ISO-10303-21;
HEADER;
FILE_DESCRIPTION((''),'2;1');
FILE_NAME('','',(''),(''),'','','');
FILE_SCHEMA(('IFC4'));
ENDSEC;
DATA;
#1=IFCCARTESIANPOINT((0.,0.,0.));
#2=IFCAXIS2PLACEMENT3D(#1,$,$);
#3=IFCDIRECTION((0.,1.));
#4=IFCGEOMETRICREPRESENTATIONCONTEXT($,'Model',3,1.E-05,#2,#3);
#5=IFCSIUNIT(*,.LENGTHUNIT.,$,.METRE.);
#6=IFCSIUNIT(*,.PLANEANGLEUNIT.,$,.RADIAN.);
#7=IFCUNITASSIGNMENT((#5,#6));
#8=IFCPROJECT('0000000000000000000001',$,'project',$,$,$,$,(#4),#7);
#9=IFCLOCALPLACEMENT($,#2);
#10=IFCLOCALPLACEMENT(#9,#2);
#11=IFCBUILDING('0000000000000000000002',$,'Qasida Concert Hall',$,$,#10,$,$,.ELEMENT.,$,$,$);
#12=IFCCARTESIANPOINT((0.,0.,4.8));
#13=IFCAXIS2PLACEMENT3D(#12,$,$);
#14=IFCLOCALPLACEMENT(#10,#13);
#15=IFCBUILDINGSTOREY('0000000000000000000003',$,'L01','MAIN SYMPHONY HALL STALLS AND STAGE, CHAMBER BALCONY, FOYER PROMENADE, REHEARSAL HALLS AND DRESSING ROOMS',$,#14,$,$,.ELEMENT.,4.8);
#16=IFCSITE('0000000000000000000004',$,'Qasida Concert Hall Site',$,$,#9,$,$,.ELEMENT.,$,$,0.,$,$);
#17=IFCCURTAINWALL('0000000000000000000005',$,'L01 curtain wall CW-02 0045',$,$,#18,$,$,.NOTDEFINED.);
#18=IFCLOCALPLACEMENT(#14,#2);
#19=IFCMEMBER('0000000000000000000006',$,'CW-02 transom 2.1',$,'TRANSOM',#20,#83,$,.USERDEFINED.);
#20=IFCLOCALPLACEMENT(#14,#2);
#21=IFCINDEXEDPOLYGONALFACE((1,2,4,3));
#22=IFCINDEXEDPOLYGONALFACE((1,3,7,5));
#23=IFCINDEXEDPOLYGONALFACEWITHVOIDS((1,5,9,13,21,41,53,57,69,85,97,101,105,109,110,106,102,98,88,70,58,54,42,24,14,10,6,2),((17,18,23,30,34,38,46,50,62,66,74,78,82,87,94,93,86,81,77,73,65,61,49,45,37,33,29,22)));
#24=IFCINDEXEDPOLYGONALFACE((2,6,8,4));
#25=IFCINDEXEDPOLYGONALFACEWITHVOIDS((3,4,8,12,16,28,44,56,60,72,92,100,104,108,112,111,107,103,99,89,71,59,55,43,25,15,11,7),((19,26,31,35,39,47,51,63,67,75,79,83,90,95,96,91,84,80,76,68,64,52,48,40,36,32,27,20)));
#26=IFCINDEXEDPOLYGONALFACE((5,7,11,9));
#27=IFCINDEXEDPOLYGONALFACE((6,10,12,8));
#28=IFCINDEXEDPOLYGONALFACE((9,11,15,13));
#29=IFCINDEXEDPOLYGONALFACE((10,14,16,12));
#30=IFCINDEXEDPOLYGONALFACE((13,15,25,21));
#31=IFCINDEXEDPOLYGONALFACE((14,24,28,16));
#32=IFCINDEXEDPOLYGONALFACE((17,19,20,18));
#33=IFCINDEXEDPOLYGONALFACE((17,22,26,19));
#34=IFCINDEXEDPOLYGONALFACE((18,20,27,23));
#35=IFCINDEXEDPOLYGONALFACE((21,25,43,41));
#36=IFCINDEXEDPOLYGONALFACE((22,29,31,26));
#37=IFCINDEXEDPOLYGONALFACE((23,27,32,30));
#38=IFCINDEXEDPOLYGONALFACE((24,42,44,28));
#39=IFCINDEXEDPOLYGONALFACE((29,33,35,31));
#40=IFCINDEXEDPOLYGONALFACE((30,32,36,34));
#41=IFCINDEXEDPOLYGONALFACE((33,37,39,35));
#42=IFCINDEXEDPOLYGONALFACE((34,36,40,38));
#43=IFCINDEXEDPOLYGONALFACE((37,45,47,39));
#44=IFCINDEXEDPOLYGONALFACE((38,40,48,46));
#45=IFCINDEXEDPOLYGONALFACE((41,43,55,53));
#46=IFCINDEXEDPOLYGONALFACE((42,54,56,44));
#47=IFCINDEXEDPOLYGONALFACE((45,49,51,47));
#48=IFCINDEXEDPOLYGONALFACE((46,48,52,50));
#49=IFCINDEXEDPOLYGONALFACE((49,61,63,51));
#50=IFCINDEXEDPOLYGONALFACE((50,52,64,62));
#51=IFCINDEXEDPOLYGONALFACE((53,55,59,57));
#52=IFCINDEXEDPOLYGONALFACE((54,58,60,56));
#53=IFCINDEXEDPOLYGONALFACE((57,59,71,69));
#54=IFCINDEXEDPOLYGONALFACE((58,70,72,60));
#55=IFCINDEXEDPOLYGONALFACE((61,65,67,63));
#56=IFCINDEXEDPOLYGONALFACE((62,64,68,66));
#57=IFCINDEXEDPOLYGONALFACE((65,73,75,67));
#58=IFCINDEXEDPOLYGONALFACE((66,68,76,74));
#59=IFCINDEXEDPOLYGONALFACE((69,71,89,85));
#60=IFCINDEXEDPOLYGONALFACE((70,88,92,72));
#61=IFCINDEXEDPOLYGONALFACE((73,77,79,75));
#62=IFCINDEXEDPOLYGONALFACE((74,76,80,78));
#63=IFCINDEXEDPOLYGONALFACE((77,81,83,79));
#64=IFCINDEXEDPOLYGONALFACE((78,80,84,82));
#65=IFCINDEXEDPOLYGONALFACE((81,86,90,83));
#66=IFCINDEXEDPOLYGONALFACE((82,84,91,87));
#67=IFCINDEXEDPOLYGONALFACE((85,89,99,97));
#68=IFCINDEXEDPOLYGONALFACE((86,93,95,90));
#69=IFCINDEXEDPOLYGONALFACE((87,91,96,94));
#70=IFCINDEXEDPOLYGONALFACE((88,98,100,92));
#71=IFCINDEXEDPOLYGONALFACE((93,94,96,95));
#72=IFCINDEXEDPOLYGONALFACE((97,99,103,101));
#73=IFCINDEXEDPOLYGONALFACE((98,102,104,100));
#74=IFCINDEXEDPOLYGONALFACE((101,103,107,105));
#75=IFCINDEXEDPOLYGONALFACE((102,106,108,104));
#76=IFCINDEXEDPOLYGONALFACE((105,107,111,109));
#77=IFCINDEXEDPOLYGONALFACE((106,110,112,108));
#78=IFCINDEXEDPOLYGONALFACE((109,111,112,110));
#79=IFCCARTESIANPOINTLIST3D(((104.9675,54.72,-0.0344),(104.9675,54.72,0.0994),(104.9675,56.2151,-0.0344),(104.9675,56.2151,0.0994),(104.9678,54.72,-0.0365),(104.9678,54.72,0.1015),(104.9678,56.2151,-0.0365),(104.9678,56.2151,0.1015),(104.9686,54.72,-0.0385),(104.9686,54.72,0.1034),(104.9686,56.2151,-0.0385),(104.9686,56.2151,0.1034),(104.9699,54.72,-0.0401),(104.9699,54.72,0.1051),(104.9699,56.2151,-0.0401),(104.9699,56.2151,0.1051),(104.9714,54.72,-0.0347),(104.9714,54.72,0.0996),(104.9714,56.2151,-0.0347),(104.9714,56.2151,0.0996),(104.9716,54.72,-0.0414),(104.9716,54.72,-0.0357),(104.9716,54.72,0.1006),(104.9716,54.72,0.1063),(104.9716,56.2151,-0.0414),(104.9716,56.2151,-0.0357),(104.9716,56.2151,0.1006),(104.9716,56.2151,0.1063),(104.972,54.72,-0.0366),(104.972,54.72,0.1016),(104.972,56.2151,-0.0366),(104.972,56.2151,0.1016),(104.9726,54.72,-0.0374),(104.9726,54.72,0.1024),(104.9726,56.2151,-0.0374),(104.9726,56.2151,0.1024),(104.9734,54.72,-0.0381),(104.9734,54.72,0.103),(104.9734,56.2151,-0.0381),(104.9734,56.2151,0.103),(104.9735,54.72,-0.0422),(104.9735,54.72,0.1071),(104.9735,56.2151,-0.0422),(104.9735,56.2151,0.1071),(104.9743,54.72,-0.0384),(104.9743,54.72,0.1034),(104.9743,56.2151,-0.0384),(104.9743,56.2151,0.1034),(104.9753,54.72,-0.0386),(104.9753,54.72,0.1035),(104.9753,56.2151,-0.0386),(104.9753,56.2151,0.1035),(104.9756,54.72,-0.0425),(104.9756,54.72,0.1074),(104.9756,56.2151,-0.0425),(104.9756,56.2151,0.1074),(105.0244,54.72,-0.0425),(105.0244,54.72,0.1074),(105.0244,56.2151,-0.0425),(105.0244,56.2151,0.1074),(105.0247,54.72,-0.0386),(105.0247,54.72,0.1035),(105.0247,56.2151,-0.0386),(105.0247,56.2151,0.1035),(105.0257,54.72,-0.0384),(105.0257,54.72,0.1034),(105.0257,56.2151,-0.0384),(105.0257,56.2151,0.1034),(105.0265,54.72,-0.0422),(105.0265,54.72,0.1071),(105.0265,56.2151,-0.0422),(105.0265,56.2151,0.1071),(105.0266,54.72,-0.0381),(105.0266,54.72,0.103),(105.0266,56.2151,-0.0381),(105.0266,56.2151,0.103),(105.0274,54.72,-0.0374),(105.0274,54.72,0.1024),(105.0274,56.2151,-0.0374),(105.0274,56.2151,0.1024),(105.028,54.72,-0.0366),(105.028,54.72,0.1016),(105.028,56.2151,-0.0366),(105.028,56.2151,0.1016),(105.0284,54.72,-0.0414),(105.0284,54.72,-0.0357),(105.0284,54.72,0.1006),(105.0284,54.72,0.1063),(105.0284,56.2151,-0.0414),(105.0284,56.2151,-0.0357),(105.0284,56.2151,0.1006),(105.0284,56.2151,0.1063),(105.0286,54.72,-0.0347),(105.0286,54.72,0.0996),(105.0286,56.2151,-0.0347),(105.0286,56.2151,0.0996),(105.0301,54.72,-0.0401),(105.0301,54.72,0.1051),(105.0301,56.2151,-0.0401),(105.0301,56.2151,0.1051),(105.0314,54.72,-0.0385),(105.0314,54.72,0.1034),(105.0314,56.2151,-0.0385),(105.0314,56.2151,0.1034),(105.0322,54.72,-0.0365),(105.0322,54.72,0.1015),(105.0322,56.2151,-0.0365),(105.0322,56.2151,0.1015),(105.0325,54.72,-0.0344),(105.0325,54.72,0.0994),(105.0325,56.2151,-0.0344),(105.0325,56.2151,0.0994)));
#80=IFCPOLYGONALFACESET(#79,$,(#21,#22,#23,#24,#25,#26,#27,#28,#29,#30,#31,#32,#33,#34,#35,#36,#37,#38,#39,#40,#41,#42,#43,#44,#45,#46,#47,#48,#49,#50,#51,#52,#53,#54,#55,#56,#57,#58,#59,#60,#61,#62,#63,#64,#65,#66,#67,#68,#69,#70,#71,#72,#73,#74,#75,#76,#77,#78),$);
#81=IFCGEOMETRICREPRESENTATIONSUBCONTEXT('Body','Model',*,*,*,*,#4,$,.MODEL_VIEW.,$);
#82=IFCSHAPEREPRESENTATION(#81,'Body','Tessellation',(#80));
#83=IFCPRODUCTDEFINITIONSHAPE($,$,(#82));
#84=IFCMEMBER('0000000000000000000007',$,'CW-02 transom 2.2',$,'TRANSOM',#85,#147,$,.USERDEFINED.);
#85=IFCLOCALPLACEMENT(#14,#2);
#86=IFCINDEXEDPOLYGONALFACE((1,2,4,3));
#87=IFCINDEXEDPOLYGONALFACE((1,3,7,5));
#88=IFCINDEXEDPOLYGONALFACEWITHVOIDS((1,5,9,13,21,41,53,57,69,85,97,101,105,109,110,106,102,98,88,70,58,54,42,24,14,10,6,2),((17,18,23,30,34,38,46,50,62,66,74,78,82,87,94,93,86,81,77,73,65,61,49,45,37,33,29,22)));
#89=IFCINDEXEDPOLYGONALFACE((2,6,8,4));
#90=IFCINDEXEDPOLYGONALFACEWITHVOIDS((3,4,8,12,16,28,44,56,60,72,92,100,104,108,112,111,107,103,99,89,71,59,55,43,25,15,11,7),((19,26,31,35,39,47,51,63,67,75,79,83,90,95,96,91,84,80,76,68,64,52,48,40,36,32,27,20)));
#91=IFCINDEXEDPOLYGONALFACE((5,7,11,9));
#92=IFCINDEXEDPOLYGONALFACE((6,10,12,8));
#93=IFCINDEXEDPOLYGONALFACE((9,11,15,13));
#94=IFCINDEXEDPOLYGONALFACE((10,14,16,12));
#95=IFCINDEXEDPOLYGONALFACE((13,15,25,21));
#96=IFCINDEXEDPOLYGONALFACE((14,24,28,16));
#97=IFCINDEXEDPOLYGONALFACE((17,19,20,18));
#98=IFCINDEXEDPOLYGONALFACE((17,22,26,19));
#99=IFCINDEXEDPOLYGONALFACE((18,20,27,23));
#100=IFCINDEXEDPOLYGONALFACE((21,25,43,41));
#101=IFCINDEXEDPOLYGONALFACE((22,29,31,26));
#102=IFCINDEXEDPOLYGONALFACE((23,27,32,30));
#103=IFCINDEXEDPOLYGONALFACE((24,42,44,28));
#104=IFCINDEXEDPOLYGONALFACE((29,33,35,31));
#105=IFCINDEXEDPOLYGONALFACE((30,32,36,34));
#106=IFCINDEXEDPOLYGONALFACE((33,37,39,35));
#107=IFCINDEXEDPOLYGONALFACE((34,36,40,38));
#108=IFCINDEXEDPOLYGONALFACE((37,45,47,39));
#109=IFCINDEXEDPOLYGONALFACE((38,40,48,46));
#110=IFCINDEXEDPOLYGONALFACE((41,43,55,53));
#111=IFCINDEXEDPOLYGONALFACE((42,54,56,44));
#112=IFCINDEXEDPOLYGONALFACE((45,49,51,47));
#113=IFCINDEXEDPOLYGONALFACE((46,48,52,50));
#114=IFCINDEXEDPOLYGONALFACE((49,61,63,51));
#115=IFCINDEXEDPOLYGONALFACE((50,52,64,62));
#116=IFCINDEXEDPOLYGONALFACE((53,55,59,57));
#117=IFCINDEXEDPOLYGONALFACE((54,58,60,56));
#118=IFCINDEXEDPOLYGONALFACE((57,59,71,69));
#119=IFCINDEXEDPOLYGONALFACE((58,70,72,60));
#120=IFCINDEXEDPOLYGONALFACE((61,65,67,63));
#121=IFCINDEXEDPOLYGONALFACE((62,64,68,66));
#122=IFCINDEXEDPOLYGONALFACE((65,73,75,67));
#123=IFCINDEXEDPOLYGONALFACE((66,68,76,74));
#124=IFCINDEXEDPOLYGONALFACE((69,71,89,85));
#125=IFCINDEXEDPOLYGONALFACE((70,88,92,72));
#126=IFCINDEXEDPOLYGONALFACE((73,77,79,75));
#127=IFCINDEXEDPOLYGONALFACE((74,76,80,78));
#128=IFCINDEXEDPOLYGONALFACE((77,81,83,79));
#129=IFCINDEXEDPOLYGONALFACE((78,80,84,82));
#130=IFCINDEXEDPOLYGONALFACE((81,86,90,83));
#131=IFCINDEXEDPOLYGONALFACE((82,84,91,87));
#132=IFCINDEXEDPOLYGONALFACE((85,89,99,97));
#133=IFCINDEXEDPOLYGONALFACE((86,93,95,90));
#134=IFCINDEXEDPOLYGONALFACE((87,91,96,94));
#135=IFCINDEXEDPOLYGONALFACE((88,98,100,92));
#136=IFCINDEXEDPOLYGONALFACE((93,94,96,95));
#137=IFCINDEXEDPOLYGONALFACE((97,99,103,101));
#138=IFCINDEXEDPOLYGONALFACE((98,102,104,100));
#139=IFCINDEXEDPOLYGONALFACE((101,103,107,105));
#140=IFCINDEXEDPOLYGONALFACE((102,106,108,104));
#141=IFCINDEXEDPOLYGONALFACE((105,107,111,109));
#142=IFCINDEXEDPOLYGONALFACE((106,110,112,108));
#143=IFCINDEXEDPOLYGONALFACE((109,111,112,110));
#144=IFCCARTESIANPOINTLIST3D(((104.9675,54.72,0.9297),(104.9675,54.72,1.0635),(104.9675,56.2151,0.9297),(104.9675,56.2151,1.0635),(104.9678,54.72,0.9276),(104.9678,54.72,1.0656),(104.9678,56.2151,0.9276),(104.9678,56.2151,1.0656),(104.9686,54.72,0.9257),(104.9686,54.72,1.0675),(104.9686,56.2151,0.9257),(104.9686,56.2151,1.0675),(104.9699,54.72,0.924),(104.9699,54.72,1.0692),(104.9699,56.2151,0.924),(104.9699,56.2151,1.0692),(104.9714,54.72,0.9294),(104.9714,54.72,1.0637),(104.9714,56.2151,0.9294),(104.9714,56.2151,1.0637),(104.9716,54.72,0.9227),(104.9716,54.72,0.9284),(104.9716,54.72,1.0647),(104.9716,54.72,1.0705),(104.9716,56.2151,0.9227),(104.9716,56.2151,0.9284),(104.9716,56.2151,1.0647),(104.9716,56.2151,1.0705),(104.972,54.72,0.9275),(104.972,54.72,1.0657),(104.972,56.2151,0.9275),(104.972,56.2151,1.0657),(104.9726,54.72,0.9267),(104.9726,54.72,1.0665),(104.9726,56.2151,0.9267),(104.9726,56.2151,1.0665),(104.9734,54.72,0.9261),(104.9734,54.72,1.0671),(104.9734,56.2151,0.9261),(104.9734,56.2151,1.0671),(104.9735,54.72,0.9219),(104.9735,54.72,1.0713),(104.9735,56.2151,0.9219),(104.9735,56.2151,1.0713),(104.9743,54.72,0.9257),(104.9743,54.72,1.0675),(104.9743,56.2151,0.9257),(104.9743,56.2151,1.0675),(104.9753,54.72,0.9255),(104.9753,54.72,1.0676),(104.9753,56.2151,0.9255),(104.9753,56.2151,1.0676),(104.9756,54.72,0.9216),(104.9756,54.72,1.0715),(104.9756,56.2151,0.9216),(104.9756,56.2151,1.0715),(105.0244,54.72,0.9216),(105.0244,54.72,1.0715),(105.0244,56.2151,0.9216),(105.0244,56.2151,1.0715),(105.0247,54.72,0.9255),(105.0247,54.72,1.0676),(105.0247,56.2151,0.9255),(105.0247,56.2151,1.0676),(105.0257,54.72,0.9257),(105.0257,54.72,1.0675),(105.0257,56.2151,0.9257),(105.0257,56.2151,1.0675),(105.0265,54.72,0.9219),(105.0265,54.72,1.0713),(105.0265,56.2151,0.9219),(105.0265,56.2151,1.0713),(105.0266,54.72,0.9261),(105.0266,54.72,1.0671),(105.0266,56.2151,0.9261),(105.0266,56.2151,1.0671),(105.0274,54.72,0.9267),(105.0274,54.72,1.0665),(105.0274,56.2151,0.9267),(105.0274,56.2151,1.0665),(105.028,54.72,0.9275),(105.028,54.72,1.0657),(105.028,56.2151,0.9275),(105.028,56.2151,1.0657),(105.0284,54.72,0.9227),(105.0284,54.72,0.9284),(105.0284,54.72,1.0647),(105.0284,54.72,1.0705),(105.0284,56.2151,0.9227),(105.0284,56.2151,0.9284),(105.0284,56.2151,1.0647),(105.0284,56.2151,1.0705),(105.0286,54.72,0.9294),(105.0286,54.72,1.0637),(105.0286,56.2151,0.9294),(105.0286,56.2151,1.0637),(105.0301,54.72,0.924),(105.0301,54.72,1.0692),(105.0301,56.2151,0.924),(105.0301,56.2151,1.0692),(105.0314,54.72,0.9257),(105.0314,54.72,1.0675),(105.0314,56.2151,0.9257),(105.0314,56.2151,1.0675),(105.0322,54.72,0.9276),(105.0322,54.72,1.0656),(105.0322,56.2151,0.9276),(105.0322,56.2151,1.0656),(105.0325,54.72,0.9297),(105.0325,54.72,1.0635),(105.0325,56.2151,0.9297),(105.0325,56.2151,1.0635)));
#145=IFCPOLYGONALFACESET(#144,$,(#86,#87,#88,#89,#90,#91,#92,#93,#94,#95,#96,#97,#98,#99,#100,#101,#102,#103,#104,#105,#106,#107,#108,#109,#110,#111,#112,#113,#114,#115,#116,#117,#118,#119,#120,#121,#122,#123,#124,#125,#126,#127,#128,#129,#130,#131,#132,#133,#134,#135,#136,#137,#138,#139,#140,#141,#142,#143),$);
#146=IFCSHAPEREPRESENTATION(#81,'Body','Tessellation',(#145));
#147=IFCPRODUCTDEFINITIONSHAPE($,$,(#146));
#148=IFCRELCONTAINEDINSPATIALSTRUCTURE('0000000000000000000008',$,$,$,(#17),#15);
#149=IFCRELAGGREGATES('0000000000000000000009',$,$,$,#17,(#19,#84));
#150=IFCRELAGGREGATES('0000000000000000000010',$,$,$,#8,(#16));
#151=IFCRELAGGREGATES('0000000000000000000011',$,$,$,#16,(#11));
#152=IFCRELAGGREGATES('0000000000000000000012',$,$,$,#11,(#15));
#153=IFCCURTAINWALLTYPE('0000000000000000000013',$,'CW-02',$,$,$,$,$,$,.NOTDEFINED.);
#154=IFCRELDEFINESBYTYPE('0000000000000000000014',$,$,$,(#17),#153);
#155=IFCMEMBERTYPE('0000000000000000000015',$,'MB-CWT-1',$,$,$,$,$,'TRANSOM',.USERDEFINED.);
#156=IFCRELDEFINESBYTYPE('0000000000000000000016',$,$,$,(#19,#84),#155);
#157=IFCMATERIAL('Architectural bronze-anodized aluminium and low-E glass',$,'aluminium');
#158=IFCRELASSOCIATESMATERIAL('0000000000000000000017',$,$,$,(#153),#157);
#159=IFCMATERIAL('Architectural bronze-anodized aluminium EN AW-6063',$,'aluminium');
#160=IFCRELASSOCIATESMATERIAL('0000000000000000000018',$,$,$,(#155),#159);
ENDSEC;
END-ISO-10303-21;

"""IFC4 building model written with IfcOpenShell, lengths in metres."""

from ifc_helpers import new_model, si_unit, direction, frame, origin, origin_2d, place, context, subcontext, project, spatial, hollow_rectangle, extrude, material, material_profile, profile_set, type_object, element, aggregate, save


model = new_model("IFC4")

# Units and contexts
model_context = context("Model", 3, precision=1e-05, world=origin(), true_north=direction((0.0, 1.0)))
body_context = subcontext(model_context, "Body", "Model", "MODEL_VIEW")
ifc_project = project(units=[si_unit("LENGTHUNIT", "METRE"), si_unit("PLANEANGLEUNIT", "RADIAN")], contexts=[model_context])

# Site, building, storey
site_placement = place(None, origin())
site = spatial("IfcSite", under=ifc_project, at=site_placement, Name="Qasida Concert Hall Site", CompositionType="ELEMENT", RefElevation=0.0)
building_placement = place(site_placement, origin())
building = spatial("IfcBuilding", under=site, at=building_placement, Name="Qasida Concert Hall", CompositionType="ELEMENT")
storey_placement = place(building_placement, frame((0.0, 0.0, 4.8)))
storey = spatial("IfcBuildingStorey", under=building, at=storey_placement, Name="L01", Description="MAIN SYMPHONY HALL STALLS AND STAGE, CHAMBER BALCONY, FOYER PROMENADE, REHEARSAL HALLS AND DRESSING ROOMS", CompositionType="ELEMENT", Elevation=4.8)

# Curtain wall, members
ifc_material_1 = material(Name="Architectural bronze-anodized aluminium and low-E glass", Category="aluminium")
curtain_wall_type = type_object("IfcCurtainWallType", Name="CW-02", PredefinedType="NOTDEFINED", material=ifc_material_1)
curtain_wall_placement = place(storey_placement, origin())
curtain_wall = element("IfcCurtainWall", 1, at=curtain_wall_placement, inside=storey, type_object=curtain_wall_type, Name="L01 curtain wall CW-02 0045", PredefinedType="NOTDEFINED")
ifc_material_2 = material(Name="Architectural bronze-anodized aluminium EN AW-6063", Category="aluminium")
ifc_material_profile_1 = material_profile(ifc_material_2, hollow_rectangle(XDim=0.0649, YDim=0.1499, WallThickness=0.0039, InnerFilletRadius=0.0039, OuterFilletRadius=0.0081, at=origin_2d()), Name="CWT 150x65x4")
ifc_profile_set_1 = profile_set([ifc_material_profile_1], Name="Architectural bronze-anodized aluminium EN AW-6063")
member_type_1 = type_object("IfcMemberType", Name="MB-CWT-1", ElementType="TRANSOM", PredefinedType="USERDEFINED", material=ifc_profile_set_1)
member_1_placement = place(storey_placement, frame((105.0, 54.72, 0.0325), z_axis=(0.0, 1.0, 0.0), x_axis=(-1.0, 0.0, 0.0)))
member_1 = element("IfcMember", 2, at=member_1_placement, type_object=member_type_1, Name="CW-02 transom 2.1", ObjectType="TRANSOM", PredefinedType="USERDEFINED", context=body_context, shape_type="SweptSolid", body=[
    extrude(hollow_rectangle(XDim=0.0649, YDim=0.1499, WallThickness=0.0039, InnerFilletRadius=0.0039, OuterFilletRadius=0.0081, at=origin_2d()), origin(), (0.0, 0.0, 1.0), 1.4951),
])
member_2_placement = place(storey_placement, frame((105.0, 54.72, 0.9966), z_axis=(0.0, 1.0, 0.0), x_axis=(-1.0, 0.0, 0.0)))
member_2 = element("IfcMember", 3, at=member_2_placement, type_object=member_type_1, Name="CW-02 transom 2.2", ObjectType="TRANSOM", PredefinedType="USERDEFINED", context=body_context, shape_type="SweptSolid", body=[
    extrude(hollow_rectangle(XDim=0.0649, YDim=0.1499, WallThickness=0.0039, InnerFilletRadius=0.0039, OuterFilletRadius=0.0081, at=origin_2d()), origin(), (0.0, 0.0, 1.0), 1.4951),
])
aggregate(curtain_wall, [member_1, member_2])

save(model, "model.ifc")
